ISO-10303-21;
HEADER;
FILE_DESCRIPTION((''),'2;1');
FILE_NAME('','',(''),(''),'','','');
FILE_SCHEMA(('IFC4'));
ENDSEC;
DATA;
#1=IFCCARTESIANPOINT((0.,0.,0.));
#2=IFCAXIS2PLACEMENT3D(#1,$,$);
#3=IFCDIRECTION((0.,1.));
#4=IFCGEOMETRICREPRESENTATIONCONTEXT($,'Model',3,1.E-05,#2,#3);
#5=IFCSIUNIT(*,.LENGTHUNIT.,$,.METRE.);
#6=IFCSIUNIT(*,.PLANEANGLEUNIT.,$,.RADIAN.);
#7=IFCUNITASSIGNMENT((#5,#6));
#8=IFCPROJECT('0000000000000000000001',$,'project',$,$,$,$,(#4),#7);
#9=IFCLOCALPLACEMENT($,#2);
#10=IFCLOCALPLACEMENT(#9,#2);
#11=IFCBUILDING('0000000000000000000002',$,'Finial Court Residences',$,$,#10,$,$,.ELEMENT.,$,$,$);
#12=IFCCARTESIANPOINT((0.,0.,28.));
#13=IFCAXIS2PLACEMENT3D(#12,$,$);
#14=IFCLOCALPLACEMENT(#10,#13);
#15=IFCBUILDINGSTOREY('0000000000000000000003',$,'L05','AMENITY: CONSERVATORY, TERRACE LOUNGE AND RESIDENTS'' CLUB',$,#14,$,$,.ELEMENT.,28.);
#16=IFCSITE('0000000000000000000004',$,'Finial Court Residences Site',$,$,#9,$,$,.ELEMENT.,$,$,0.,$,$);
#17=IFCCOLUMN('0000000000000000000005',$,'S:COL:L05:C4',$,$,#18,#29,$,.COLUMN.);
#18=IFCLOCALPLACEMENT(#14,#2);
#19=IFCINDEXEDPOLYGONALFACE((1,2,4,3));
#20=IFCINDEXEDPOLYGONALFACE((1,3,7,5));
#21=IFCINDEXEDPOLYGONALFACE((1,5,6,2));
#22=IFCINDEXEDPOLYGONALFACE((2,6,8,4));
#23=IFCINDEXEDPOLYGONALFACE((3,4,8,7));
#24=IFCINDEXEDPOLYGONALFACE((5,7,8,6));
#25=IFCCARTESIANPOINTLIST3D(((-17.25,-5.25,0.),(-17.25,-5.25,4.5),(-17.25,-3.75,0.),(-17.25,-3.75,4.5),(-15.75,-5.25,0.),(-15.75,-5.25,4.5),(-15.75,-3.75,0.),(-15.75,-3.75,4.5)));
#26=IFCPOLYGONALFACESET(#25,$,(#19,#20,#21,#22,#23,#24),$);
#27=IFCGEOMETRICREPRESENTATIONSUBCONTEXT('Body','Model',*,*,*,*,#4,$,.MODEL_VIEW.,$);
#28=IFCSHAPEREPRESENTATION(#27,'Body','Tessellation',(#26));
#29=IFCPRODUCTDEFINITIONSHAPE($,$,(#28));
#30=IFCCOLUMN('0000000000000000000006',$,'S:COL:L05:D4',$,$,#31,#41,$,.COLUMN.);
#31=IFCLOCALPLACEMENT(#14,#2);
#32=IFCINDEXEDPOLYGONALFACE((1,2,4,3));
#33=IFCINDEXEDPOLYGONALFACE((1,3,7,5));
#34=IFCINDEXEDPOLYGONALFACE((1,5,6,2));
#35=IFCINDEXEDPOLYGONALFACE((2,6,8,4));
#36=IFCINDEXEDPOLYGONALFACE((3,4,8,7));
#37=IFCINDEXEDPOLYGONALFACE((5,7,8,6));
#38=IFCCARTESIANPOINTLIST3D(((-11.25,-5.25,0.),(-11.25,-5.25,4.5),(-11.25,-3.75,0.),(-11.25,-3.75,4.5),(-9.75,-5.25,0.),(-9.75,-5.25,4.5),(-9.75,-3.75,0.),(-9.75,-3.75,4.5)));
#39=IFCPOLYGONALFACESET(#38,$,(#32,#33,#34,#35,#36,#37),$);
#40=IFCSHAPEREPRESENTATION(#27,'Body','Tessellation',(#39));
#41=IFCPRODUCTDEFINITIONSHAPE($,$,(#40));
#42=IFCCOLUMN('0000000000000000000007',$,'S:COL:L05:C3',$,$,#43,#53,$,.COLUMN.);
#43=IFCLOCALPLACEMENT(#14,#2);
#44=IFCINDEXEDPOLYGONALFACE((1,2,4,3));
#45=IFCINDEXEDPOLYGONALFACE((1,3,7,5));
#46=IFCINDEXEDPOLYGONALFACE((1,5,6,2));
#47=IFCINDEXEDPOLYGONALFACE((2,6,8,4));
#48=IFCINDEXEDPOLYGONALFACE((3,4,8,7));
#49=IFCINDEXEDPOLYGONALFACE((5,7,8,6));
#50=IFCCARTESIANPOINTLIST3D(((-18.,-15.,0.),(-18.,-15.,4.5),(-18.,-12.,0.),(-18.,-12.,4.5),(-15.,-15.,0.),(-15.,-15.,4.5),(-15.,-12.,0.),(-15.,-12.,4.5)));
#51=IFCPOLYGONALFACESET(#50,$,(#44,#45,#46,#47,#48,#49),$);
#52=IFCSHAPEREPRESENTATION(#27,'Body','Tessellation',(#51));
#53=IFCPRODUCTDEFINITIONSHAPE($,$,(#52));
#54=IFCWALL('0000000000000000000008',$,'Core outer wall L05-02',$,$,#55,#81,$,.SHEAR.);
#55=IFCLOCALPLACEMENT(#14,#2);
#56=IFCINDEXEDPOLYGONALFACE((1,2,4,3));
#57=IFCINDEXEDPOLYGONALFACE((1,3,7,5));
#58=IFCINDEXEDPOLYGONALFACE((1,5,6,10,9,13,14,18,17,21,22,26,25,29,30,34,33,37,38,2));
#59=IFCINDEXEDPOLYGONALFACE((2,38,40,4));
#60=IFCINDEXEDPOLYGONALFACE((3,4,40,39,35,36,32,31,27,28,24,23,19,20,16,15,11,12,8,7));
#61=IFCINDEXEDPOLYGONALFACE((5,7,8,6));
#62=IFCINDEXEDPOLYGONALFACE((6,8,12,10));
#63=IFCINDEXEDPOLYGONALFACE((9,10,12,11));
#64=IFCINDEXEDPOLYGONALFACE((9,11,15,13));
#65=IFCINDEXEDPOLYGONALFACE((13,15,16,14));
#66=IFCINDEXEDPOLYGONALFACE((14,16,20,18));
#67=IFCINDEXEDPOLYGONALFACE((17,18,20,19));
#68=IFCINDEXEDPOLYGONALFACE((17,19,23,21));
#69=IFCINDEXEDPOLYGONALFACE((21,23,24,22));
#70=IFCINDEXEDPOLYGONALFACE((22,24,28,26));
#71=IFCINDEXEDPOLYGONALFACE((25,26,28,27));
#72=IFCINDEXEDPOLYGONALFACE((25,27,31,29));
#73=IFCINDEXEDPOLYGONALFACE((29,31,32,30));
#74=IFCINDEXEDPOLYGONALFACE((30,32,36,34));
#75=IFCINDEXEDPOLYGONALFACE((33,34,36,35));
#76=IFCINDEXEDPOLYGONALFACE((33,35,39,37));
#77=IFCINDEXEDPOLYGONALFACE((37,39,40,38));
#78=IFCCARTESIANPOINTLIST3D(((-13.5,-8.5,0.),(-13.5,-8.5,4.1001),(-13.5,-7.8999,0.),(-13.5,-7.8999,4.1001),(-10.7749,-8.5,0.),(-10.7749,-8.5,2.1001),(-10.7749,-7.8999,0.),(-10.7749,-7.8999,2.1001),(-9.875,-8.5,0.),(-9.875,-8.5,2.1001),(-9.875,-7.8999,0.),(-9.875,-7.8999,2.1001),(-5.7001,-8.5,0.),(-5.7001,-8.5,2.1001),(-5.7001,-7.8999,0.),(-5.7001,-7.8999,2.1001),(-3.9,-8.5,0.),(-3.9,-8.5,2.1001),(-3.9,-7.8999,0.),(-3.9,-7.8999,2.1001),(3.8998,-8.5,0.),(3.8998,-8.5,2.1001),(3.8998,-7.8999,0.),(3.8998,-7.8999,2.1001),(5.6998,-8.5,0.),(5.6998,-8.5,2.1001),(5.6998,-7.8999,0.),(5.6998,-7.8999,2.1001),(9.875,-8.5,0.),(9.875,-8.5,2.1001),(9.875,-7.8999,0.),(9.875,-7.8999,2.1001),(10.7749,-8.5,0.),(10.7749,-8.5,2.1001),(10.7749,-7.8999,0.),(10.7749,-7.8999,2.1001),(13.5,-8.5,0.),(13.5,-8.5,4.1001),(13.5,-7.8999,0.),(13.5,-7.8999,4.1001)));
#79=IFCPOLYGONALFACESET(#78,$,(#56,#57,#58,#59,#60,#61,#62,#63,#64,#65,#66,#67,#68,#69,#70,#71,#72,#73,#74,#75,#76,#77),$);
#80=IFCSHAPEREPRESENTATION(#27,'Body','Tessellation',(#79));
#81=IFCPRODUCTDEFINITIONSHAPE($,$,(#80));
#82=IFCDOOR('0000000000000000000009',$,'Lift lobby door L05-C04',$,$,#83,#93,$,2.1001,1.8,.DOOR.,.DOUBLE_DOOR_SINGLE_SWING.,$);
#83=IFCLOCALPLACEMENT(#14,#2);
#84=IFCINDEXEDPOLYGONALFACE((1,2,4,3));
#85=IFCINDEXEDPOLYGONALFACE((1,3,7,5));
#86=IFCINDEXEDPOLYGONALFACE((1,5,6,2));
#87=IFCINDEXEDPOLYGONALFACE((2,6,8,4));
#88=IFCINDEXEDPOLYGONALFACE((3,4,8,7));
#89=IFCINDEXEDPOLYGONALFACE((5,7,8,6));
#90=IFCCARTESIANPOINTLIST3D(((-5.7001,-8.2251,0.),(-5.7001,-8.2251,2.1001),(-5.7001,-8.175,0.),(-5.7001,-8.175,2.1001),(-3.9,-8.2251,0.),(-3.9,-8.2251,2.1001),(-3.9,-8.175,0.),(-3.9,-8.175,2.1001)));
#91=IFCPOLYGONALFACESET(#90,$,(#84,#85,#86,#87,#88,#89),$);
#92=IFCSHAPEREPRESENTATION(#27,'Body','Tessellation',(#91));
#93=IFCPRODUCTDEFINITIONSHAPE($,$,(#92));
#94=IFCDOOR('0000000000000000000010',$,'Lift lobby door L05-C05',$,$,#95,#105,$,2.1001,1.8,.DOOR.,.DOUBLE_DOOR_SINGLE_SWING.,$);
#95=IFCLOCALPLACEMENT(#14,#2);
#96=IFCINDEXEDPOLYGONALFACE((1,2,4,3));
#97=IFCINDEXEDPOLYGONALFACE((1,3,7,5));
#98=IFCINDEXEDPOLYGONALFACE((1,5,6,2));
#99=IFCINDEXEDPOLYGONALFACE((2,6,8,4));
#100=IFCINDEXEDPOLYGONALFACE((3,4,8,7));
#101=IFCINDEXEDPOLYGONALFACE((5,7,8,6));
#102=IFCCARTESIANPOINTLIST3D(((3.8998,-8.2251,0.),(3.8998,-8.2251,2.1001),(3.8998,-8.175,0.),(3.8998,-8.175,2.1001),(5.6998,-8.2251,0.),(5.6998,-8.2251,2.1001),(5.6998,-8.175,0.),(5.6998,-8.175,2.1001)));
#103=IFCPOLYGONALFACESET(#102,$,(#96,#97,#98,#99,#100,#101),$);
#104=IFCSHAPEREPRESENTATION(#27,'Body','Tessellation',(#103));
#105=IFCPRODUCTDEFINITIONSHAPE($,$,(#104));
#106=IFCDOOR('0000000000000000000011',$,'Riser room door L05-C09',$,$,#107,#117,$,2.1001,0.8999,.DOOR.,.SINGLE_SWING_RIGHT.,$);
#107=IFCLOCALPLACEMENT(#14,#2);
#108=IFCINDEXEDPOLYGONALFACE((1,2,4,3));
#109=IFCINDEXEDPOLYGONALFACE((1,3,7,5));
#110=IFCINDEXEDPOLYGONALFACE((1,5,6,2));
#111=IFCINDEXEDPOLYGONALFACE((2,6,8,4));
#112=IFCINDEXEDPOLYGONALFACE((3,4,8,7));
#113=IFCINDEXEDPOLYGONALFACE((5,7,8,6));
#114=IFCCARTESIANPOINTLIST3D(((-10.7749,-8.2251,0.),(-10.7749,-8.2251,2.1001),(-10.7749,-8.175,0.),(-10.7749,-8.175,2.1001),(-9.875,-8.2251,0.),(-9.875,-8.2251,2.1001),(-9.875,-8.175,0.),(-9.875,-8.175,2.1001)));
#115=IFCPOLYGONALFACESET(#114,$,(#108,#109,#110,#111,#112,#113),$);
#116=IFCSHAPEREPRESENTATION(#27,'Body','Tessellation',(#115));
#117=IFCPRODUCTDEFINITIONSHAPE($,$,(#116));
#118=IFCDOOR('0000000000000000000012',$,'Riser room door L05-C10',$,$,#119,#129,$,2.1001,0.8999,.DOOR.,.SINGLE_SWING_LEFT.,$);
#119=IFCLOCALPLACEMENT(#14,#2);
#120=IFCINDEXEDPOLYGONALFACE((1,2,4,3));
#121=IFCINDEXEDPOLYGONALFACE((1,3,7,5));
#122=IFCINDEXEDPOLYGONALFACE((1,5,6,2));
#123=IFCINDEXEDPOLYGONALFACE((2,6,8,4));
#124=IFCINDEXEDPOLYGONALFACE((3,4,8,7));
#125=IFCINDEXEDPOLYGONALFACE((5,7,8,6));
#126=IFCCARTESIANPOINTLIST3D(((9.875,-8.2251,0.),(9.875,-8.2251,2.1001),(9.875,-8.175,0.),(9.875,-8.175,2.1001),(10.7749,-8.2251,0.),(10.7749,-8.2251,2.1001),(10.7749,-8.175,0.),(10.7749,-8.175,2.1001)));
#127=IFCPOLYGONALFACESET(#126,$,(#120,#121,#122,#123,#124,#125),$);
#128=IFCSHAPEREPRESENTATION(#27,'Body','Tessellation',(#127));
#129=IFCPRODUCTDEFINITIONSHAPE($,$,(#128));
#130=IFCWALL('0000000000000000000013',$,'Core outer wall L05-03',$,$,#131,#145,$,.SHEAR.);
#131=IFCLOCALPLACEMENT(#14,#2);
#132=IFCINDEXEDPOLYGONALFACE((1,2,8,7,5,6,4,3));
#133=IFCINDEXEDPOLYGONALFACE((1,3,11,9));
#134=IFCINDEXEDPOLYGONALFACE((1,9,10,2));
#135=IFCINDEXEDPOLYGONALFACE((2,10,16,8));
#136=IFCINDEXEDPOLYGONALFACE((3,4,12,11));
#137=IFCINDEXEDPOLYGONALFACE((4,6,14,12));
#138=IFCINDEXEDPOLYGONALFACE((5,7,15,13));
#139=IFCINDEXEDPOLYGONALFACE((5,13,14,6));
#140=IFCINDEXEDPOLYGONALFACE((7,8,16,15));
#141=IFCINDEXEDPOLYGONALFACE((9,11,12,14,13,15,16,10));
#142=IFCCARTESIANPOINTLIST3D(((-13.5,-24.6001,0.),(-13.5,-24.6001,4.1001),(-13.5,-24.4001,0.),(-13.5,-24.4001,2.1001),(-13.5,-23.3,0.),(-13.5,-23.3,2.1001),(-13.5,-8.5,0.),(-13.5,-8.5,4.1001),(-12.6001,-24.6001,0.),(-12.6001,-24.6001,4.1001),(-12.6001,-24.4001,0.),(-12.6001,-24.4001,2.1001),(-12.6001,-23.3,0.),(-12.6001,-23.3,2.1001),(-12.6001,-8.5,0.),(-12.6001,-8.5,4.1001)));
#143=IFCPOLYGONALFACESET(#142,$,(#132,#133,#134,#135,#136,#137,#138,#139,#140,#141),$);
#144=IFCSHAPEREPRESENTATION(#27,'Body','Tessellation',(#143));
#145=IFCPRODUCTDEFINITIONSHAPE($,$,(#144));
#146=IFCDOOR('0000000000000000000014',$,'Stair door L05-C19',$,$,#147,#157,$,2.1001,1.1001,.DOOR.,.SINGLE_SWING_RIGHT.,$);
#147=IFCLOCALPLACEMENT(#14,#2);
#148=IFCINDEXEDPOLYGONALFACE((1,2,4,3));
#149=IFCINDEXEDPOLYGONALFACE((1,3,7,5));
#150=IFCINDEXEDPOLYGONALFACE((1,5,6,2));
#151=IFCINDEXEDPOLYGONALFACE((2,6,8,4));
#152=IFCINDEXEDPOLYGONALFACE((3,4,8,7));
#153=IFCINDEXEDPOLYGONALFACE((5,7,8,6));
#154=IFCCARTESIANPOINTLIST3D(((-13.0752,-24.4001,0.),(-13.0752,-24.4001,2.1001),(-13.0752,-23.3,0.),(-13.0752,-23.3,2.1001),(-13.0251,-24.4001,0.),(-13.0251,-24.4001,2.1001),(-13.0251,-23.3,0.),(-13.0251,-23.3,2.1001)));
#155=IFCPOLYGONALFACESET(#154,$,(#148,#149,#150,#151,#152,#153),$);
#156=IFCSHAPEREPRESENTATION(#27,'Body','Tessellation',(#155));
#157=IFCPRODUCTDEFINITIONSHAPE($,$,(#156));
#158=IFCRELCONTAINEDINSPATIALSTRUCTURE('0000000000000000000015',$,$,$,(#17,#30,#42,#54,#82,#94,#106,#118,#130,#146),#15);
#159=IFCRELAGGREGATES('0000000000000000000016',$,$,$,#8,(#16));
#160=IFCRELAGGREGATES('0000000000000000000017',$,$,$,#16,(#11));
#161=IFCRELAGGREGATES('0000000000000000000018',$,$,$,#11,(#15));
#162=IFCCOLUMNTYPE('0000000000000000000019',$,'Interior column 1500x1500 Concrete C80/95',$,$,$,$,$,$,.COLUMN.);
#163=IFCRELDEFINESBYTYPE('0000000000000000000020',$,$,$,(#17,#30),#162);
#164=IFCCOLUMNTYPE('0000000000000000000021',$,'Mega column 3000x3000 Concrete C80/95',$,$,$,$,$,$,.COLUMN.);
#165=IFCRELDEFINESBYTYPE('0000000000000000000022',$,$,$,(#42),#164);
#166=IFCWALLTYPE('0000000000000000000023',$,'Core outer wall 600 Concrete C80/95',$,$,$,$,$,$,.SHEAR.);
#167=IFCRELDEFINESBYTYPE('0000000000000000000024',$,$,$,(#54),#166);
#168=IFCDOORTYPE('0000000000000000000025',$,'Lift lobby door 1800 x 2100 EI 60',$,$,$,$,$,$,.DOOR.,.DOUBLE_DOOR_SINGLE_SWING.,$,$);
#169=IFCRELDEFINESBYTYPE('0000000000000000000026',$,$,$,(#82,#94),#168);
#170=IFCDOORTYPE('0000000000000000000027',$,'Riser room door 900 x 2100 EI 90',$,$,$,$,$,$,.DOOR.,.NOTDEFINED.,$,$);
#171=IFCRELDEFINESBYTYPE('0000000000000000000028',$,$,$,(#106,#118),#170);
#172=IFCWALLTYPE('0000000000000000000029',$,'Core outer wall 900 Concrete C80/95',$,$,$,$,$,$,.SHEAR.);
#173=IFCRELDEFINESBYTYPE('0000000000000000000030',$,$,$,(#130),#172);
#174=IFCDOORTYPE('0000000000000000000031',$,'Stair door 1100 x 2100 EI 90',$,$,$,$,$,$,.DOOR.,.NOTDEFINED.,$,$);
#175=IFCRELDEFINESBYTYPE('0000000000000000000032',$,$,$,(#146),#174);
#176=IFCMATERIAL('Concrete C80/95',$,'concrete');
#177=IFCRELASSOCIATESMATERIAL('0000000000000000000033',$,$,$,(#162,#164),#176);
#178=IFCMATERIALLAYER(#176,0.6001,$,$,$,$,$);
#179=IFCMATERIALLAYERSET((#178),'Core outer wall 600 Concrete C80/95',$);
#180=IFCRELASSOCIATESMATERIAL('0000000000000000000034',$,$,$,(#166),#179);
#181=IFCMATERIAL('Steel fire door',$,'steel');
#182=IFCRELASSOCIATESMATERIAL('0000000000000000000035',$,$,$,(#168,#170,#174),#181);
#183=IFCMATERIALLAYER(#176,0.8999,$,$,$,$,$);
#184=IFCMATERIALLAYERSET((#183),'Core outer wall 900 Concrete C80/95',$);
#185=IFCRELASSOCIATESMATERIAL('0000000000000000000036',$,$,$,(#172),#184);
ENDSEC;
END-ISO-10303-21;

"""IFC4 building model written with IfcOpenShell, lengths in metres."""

from ifc_helpers import new_model, si_unit, direction, frame, frame_2d, origin, origin_2d, place, context, subcontext, project, spatial, rectangle, extrude, material, layer, layer_set, material_profile, profile_set, type_object, element, fill, save


model = new_model("IFC4")

# Units and contexts
model_context = context("Model", 3, precision=1e-05, world=origin(), true_north=direction((0.0, 1.0)))
body_context = subcontext(model_context, "Body", "Model", "MODEL_VIEW")
ifc_project = project(units=[si_unit("LENGTHUNIT", "METRE"), si_unit("PLANEANGLEUNIT", "RADIAN")], contexts=[model_context])

# Site, building, storey
site_placement = place(None, origin())
site = spatial("IfcSite", under=ifc_project, at=site_placement, Name="Finial Court Residences Site", CompositionType="ELEMENT", RefElevation=0.0)
building_placement = place(site_placement, origin())
building = spatial("IfcBuilding", under=site, at=building_placement, Name="Finial Court Residences", CompositionType="ELEMENT")
storey_placement = place(building_placement, frame((0.0, 0.0, 28.0)))
storey = spatial("IfcBuildingStorey", under=building, at=storey_placement, Name="L05", Description="AMENITY: CONSERVATORY, TERRACE LOUNGE AND RESIDENTS' CLUB", CompositionType="ELEMENT", Elevation=28.0)

# Columns
ifc_material_1 = material(Name="Concrete C80/95", Category="concrete")
ifc_material_profile_1 = material_profile(ifc_material_1, rectangle(XDim=1.5, YDim=1.5, at=origin_2d()), Name="1500x1500")
ifc_profile_set_1 = profile_set([ifc_material_profile_1], Name="Concrete C80/95")
column_type_1 = type_object("IfcColumnType", Name="Interior column 1500x1500 Concrete C80/95", PredefinedType="COLUMN", material=ifc_profile_set_1)
for number, where, z_axis, x_axis, name in (
    (1, (-16.5, -4.5, 0.0), (0.0, 0.0, 1.0), (1.0, 0.0, 0.0), "S:COL:L05:C4"),
    (2, (-10.5, -4.5, 0.0), (0.0, 0.0, 1.0), (1.0, 0.0, 0.0), "S:COL:L05:D4"),
):
    element("IfcColumn", number, at=place(storey_placement, frame(where, z_axis=z_axis, x_axis=x_axis)), inside=storey, type_object=column_type_1, Name=name, PredefinedType="COLUMN", context=body_context, shape_type="SweptSolid", body=[
        extrude(rectangle(XDim=1.5, YDim=1.5, at=origin_2d()), origin(), (0.0, 0.0, 1.0), 4.5),
    ])
ifc_material_profile_2 = material_profile(ifc_material_1, rectangle(XDim=3.0, YDim=3.0, at=origin_2d()), Name="3000x3000")
ifc_profile_set_2 = profile_set([ifc_material_profile_2], Name="Concrete C80/95")
column_type_2 = type_object("IfcColumnType", Name="Mega column 3000x3000 Concrete C80/95", PredefinedType="COLUMN", material=ifc_profile_set_2)
column_placement = place(storey_placement, frame((-16.5, -13.5, 0.0), z_axis=(0.0, 0.0, 1.0), x_axis=(1.0, 0.0, 0.0)))
element("IfcColumn", 3, at=column_placement, inside=storey, type_object=column_type_2, Name="S:COL:L05:C3", PredefinedType="COLUMN", context=body_context, shape_type="SweptSolid", body=[
    extrude(rectangle(XDim=3.0, YDim=3.0, at=origin_2d()), origin(), (0.0, 0.0, 1.0), 4.5),
])

# Wall, openings, doors
ifc_layer_1 = layer(ifc_material_1, 0.6001)
ifc_layer_set_1 = layer_set([ifc_layer_1], Name="Core outer wall 600 Concrete C80/95")
wall_type_1 = type_object("IfcWallType", Name="Core outer wall 600 Concrete C80/95", PredefinedType="SHEAR", material=ifc_layer_set_1)
wall_1_placement = place(storey_placement, frame((-13.5, -8.2, 0.0), z_axis=(0.0, 0.0, 1.0), x_axis=(1.0, 0.0, 0.0)))
wall_1 = element("IfcWall", 4, at=wall_1_placement, inside=storey, type_object=wall_type_1, Name="Core outer wall L05-02", PredefinedType="SHEAR", context=body_context, shape_type="SweptSolid", body=[
    extrude(rectangle(XDim=27.0, YDim=0.6001, at=frame_2d((13.5, 0.0))), origin(), (0.0, 0.0, 1.0), 4.1001),
])
opening_1_placement = place(wall_1_placement, frame((7.8, 0.0, 0.0)))
opening_1 = element("IfcOpeningElement", 5, at=opening_1_placement, cuts=wall_1, PredefinedType="OPENING", context=body_context, shape_type="SweptSolid", body=[
    extrude(rectangle(XDim=1.8, YDim=2.1001, at=frame_2d((0.8999, 1.05))), frame((0.0, 0.3101, 0.0), z_axis=(0.0, -1.0, 0.0), x_axis=(1.0, 0.0, 0.0)), (0.0, 0.0, 1.0), 0.6201),
])
opening_2_placement = place(wall_1_placement, frame((17.3999, 0.0, 0.0)))
opening_2 = element("IfcOpeningElement", 6, at=opening_2_placement, cuts=wall_1, PredefinedType="OPENING", context=body_context, shape_type="SweptSolid", body=[
    extrude(rectangle(XDim=1.8, YDim=2.1001, at=frame_2d((0.8999, 1.05))), frame((0.0, 0.3101, 0.0), z_axis=(0.0, -1.0, 0.0), x_axis=(1.0, 0.0, 0.0)), (0.0, 0.0, 1.0), 0.6201),
])
opening_3_placement = place(wall_1_placement, frame((2.7251, 0.0, 0.0)))
opening_3 = element("IfcOpeningElement", 7, at=opening_3_placement, cuts=wall_1, PredefinedType="OPENING", context=body_context, shape_type="SweptSolid", body=[
    extrude(rectangle(XDim=0.8999, YDim=2.1001, at=frame_2d((0.45, 1.05))), frame((0.0, 0.3101, 0.0), z_axis=(0.0, -1.0, 0.0), x_axis=(1.0, 0.0, 0.0)), (0.0, 0.0, 1.0), 0.6201),
])
opening_4_placement = place(wall_1_placement, frame((23.375, 0.0, 0.0)))
opening_4 = element("IfcOpeningElement", 8, at=opening_4_placement, cuts=wall_1, PredefinedType="OPENING", context=body_context, shape_type="SweptSolid", body=[
    extrude(rectangle(XDim=0.8999, YDim=2.1001, at=frame_2d((0.45, 1.05))), frame((0.0, 0.3101, 0.0), z_axis=(0.0, -1.0, 0.0), x_axis=(1.0, 0.0, 0.0)), (0.0, 0.0, 1.0), 0.6201),
])
ifc_material_2 = material(Name="Steel fire door", Category="steel")
door_type_1 = type_object("IfcDoorType", Name="Lift lobby door 1800 x 2100 EI 60", OperationType="DOUBLE_DOOR_SINGLE_SWING", PredefinedType="DOOR", material=ifc_material_2)
door_1_placement = place(opening_1_placement, origin())
door_1 = element("IfcDoor", 9, at=door_1_placement, inside=storey, type_object=door_type_1, Name="Lift lobby door L05-C04", OperationType="DOUBLE_DOOR_SINGLE_SWING", OverallHeight=2.1001, OverallWidth=1.8, PredefinedType="DOOR", context=body_context, shape_type="SweptSolid", body=[
    extrude(rectangle(XDim=1.8, YDim=2.1001, at=frame_2d((0.8999, 1.05))), frame((0.0, 0.0249, 0.0), z_axis=(0.0, -1.0, 0.0), x_axis=(1.0, 0.0, 0.0)), (0.0, 0.0, 1.0), 0.05),
])
fill(opening_1, door_1)
door_2_placement = place(opening_2_placement, origin())
door_2 = element("IfcDoor", 10, at=door_2_placement, inside=storey, type_object=door_type_1, Name="Lift lobby door L05-C05", OperationType="DOUBLE_DOOR_SINGLE_SWING", OverallHeight=2.1001, OverallWidth=1.8, PredefinedType="DOOR", context=body_context, shape_type="SweptSolid", body=[
    extrude(rectangle(XDim=1.8, YDim=2.1001, at=frame_2d((0.8999, 1.05))), frame((0.0, 0.0249, 0.0), z_axis=(0.0, -1.0, 0.0), x_axis=(1.0, 0.0, 0.0)), (0.0, 0.0, 1.0), 0.05),
])
fill(opening_2, door_2)
door_type_2 = type_object("IfcDoorType", Name="Riser room door 900 x 2100 EI 90", OperationType="NOTDEFINED", PredefinedType="DOOR", material=ifc_material_2)
door_3_placement = place(opening_3_placement, origin())
door_3 = element("IfcDoor", 11, at=door_3_placement, inside=storey, type_object=door_type_2, Name="Riser room door L05-C09", OperationType="SINGLE_SWING_RIGHT", OverallHeight=2.1001, OverallWidth=0.8999, PredefinedType="DOOR", context=body_context, shape_type="SweptSolid", body=[
    extrude(rectangle(XDim=0.8999, YDim=2.1001, at=frame_2d((0.45, 1.05))), frame((0.0, 0.0249, 0.0), z_axis=(0.0, -1.0, 0.0), x_axis=(1.0, 0.0, 0.0)), (0.0, 0.0, 1.0), 0.05),
])
fill(opening_3, door_3)
door_4_placement = place(opening_4_placement, origin())
door_4 = element("IfcDoor", 12, at=door_4_placement, inside=storey, type_object=door_type_2, Name="Riser room door L05-C10", OperationType="SINGLE_SWING_LEFT", OverallHeight=2.1001, OverallWidth=0.8999, PredefinedType="DOOR", context=body_context, shape_type="SweptSolid", body=[
    extrude(rectangle(XDim=0.8999, YDim=2.1001, at=frame_2d((0.45, 1.05))), frame((0.0, 0.0249, 0.0), z_axis=(0.0, -1.0, 0.0), x_axis=(1.0, 0.0, 0.0)), (0.0, 0.0, 1.0), 0.05),
])
fill(opening_4, door_4)

# Wall, opening, door
ifc_layer_2 = layer(ifc_material_1, 0.8999)
ifc_layer_set_2 = layer_set([ifc_layer_2], Name="Core outer wall 900 Concrete C80/95")
wall_type_2 = type_object("IfcWallType", Name="Core outer wall 900 Concrete C80/95", PredefinedType="SHEAR", material=ifc_layer_set_2)
wall_2_placement = place(storey_placement, frame((-13.05, -8.5, 0.0), z_axis=(0.0, 0.0, 1.0), x_axis=(0.0, -1.0, 0.0)))
wall_2 = element("IfcWall", 13, at=wall_2_placement, inside=storey, type_object=wall_type_2, Name="Core outer wall L05-03", PredefinedType="SHEAR", context=body_context, shape_type="SweptSolid", body=[
    extrude(rectangle(XDim=16.1001, YDim=0.8999, at=frame_2d((8.05, 0.0))), origin(), (0.0, 0.0, 1.0), 4.1001),
])
opening_5_placement = place(wall_2_placement, frame((14.8, 0.0, 0.0)))
opening_5 = element("IfcOpeningElement", 14, at=opening_5_placement, cuts=wall_2, PredefinedType="OPENING", context=body_context, shape_type="SweptSolid", body=[
    extrude(rectangle(XDim=1.1001, YDim=2.1001, at=frame_2d((0.55, 1.05))), frame((0.0, 0.46, 0.0), z_axis=(0.0, -1.0, 0.0), x_axis=(1.0, 0.0, 0.0)), (0.0, 0.0, 1.0), 0.9199),
])
door_type_3 = type_object("IfcDoorType", Name="Stair door 1100 x 2100 EI 90", OperationType="NOTDEFINED", PredefinedType="DOOR", material=ifc_material_2)
door_5_placement = place(opening_5_placement, origin())
door_5 = element("IfcDoor", 15, at=door_5_placement, inside=storey, type_object=door_type_3, Name="Stair door L05-C19", OperationType="SINGLE_SWING_RIGHT", OverallHeight=2.1001, OverallWidth=1.1001, PredefinedType="DOOR", context=body_context, shape_type="SweptSolid", body=[
    extrude(rectangle(XDim=1.1001, YDim=2.1001, at=frame_2d((0.55, 1.05))), frame((0.0, 0.0249, 0.0), z_axis=(0.0, -1.0, 0.0), x_axis=(1.0, 0.0, 0.0)), (0.0, 0.0, 1.0), 0.05),
])
fill(opening_5, door_5)

save(model, "model.ifc")
